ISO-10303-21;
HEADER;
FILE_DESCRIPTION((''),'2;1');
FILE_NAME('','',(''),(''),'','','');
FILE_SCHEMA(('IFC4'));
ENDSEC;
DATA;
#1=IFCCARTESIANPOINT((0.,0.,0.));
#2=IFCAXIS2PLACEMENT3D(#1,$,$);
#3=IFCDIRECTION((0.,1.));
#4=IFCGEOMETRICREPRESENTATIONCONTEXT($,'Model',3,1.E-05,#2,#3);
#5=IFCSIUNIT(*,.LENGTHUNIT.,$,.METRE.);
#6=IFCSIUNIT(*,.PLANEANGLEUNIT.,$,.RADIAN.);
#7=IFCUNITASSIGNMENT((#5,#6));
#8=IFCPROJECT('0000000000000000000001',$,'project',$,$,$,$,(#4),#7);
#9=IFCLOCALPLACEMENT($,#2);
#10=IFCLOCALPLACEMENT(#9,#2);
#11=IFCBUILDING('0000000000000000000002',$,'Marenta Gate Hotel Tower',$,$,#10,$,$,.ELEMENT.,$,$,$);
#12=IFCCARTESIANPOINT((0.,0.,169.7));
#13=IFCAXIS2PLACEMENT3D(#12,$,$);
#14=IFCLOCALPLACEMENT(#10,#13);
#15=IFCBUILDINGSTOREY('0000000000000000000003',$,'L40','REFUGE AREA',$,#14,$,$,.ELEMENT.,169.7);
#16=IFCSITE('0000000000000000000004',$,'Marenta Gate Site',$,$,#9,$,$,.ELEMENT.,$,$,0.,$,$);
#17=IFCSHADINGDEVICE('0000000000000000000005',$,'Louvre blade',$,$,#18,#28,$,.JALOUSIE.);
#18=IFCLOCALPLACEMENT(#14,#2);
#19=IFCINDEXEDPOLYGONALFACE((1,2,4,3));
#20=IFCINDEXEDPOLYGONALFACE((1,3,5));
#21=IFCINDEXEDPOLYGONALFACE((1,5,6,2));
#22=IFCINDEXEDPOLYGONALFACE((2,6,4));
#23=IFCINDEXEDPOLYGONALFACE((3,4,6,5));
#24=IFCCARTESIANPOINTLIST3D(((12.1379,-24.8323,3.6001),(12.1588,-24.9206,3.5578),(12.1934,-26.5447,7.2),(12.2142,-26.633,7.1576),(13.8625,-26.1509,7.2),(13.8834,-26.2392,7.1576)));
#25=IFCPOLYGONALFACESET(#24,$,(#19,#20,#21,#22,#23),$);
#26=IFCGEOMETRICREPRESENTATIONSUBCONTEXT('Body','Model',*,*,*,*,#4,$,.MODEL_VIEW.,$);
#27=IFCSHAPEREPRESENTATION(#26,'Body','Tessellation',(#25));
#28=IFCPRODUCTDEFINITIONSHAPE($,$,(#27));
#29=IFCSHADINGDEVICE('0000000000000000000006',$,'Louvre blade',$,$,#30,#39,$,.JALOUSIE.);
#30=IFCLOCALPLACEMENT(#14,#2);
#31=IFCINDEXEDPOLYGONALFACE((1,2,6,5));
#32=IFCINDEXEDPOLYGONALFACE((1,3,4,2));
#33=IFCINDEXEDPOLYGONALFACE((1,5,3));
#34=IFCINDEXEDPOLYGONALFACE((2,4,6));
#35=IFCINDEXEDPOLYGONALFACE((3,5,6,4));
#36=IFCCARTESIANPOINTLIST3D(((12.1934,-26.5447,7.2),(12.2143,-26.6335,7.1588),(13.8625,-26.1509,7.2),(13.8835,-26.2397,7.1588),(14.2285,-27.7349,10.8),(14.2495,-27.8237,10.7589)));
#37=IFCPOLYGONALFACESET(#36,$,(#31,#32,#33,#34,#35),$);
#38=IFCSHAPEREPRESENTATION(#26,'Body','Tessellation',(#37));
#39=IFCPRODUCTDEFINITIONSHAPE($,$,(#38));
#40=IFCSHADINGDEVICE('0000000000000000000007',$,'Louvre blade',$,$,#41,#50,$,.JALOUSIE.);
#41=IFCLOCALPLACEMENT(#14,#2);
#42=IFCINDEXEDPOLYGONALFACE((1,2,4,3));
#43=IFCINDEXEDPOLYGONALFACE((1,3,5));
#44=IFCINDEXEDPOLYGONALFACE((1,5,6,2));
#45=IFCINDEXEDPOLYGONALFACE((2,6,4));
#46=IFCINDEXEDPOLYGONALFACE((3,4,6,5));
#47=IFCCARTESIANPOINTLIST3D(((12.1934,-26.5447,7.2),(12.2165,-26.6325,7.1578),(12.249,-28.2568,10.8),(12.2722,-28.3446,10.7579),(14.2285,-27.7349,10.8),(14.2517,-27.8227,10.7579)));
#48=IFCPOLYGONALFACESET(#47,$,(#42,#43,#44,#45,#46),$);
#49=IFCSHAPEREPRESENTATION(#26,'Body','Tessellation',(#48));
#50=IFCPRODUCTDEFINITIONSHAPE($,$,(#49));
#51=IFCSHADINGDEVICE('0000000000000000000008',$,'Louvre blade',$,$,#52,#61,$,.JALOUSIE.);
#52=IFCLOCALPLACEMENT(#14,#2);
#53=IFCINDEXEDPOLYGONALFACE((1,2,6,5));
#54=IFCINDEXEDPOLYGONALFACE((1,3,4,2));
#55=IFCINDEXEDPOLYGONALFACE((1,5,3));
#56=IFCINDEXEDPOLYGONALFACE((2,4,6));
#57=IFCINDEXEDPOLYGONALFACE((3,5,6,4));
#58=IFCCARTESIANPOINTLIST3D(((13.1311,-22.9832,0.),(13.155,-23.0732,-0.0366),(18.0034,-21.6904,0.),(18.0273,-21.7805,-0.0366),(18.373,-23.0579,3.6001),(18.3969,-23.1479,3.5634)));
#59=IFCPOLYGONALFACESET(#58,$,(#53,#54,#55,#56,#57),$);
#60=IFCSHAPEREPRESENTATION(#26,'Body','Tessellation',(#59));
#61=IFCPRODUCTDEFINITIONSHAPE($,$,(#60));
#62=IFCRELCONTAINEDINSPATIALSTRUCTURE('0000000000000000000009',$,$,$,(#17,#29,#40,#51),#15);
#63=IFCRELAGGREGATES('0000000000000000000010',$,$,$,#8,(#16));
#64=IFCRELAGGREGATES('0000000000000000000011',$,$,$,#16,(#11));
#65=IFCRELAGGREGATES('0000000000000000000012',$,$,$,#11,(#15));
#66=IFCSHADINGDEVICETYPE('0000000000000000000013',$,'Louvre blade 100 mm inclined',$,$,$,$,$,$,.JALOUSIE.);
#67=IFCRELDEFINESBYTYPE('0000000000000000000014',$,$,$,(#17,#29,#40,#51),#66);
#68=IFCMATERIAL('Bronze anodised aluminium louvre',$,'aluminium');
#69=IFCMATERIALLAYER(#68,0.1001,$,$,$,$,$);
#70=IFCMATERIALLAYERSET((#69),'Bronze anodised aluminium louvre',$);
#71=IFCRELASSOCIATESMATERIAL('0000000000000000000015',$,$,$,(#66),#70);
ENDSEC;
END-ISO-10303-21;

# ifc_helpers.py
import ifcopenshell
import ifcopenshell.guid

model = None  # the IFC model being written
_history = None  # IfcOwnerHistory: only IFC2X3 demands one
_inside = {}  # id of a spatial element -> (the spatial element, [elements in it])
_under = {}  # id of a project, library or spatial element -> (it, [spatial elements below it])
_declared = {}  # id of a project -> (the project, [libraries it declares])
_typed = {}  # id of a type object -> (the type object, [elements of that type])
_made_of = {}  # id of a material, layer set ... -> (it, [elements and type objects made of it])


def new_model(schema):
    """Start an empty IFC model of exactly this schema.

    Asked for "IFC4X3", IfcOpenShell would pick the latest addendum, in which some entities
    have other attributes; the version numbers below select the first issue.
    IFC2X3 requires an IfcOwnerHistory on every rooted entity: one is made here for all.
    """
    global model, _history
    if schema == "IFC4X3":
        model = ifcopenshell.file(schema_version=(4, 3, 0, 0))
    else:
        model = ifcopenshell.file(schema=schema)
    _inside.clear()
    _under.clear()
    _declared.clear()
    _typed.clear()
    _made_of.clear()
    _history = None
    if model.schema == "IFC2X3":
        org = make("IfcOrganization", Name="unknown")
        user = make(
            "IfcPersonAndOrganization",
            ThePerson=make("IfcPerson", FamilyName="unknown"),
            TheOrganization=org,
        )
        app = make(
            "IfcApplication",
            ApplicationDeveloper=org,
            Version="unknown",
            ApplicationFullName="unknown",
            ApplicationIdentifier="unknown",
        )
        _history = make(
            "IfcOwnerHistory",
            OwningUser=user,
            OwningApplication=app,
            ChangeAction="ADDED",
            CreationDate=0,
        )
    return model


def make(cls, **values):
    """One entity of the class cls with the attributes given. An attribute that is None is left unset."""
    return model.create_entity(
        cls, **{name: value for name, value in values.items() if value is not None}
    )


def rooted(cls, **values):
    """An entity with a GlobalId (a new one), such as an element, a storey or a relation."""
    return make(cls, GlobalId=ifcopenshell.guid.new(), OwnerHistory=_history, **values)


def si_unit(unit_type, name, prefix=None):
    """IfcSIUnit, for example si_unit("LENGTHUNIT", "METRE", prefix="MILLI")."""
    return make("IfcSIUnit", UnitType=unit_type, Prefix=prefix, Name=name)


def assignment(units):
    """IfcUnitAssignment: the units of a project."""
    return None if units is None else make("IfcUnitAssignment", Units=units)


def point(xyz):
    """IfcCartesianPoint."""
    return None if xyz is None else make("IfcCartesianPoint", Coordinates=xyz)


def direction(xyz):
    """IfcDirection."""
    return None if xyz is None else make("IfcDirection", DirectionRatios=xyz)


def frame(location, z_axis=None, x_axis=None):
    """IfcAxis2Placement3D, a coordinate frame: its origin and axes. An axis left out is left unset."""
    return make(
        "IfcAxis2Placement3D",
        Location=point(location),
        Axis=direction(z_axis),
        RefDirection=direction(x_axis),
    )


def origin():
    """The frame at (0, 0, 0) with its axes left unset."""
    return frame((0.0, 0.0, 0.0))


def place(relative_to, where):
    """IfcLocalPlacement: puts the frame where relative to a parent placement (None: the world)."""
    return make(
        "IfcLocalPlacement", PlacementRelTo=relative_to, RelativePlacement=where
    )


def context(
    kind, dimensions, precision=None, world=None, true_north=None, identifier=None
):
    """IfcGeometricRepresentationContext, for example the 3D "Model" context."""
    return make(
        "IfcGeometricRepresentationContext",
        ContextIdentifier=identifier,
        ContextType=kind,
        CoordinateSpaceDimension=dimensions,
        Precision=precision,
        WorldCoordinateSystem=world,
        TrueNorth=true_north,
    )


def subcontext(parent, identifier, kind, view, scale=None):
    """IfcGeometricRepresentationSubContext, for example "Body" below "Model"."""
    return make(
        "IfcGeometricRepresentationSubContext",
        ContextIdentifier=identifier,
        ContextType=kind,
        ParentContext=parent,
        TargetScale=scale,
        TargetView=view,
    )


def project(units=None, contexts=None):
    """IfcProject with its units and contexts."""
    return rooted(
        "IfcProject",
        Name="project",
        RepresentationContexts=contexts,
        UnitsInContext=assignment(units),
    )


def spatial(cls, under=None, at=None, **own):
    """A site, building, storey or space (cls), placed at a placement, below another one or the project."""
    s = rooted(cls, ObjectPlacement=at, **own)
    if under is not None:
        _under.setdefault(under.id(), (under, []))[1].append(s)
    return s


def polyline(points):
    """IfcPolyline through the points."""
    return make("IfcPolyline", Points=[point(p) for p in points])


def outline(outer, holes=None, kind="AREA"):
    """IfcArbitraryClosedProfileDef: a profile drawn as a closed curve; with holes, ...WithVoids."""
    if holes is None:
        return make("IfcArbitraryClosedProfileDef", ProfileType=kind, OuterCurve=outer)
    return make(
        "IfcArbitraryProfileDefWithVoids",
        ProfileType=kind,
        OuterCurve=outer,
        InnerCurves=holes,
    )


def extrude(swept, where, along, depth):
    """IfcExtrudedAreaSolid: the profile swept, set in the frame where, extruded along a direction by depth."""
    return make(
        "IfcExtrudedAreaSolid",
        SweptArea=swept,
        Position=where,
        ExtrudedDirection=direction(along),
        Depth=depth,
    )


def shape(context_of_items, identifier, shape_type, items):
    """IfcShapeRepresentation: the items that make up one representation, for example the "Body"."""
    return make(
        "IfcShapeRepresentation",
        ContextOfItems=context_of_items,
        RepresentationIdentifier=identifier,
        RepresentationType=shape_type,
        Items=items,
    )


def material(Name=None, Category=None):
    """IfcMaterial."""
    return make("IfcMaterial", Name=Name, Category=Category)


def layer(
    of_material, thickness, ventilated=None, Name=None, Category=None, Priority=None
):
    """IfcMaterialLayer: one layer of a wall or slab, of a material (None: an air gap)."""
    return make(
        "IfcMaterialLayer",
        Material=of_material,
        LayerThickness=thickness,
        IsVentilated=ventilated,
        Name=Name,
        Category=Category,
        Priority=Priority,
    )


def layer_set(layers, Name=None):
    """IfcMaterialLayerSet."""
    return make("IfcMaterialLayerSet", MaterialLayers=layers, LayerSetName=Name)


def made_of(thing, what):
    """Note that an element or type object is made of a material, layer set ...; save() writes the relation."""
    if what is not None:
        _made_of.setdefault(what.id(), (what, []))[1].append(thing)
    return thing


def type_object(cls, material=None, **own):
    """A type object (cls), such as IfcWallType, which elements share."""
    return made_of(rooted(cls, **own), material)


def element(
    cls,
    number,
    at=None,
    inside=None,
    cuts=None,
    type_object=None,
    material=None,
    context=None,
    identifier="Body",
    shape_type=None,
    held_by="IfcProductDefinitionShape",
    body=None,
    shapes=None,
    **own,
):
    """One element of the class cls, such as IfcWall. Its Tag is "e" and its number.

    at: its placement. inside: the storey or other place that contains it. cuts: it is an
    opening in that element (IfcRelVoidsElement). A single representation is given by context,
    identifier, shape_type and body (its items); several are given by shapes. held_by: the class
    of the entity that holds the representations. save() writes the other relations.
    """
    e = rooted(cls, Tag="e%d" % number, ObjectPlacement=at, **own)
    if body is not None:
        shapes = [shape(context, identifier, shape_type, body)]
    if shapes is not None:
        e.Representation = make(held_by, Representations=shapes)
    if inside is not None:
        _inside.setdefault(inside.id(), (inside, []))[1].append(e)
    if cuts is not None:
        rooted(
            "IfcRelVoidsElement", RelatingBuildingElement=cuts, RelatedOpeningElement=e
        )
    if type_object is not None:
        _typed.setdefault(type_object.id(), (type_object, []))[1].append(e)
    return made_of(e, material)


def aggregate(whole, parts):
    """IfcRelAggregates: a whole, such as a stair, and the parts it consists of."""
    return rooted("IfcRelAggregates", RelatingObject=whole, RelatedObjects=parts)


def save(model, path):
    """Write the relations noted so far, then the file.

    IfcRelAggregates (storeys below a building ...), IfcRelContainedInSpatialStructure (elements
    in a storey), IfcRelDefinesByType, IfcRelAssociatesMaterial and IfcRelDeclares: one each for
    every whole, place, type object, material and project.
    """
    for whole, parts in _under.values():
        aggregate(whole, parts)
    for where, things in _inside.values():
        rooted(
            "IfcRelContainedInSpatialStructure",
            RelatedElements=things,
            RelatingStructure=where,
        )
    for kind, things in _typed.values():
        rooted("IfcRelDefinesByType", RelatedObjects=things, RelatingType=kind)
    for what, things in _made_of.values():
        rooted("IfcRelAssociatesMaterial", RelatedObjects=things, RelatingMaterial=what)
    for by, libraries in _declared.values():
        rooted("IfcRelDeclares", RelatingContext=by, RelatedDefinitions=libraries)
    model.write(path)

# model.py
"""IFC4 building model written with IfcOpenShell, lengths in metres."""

from ifc_helpers import new_model, si_unit, direction, frame, origin, place, context, subcontext, project, spatial, polyline, outline, extrude, material, layer, layer_set, type_object, element, save


model = new_model("IFC4")

# Units and contexts
model_context = context("Model", 3, precision=1e-05, world=origin(), true_north=direction((0.0, 1.0)))
body_context = subcontext(model_context, "Body", "Model", "MODEL_VIEW")
ifc_project = project(units=[si_unit("LENGTHUNIT", "METRE"), si_unit("PLANEANGLEUNIT", "RADIAN")], contexts=[model_context])

# Site, building, storey
site_placement = place(None, origin())
site = spatial("IfcSite", under=ifc_project, at=site_placement, Name="Marenta Gate Site", CompositionType="ELEMENT", RefElevation=0.0)
building_placement = place(site_placement, origin())
building = spatial("IfcBuilding", under=site, at=building_placement, Name="Marenta Gate Hotel Tower", CompositionType="ELEMENT")
storey_placement = place(building_placement, frame((0.0, 0.0, 169.7)))
storey = spatial("IfcBuildingStorey", under=building, at=storey_placement, Name="L40", Description="REFUGE AREA", CompositionType="ELEMENT", Elevation=169.7)

# Shading devices
ifc_material_1 = material(Name="Bronze anodised aluminium louvre", Category="aluminium")
ifc_layer = layer(ifc_material_1, 0.1001)
ifc_layer_set = layer_set([ifc_layer], Name="Bronze anodised aluminium louvre")
shading_device_type = type_object("IfcShadingDeviceType", Name="Louvre blade 100 mm inclined", PredefinedType="JALOUSIE", material=ifc_layer_set)
shading_device_1_placement = place(storey_placement, frame((12.1379, -24.8323, 3.6001), z_axis=(-0.208089, 0.882023, 0.42277), x_axis=(0.41025, -0.313669, 0.856333)))
element("IfcShadingDevice", 1, at=shading_device_1_placement, inside=storey, type_object=shading_device_type, Name="Louvre blade", PredefinedType="JALOUSIE", context=body_context, shape_type="SweptSolid", body=[
    extrude(outline(polyline([(0.0, 0.0), (4.2038, 0.0), (3.6425, -1.6206), (0.0, 0.0)])), origin(), (0.0, 0.0, -1.0), 0.1001),
])
shading_device_2_placement = place(storey_placement, frame((12.1934, -26.5447, 7.2), z_axis=(-0.209271, 0.887034, 0.411554), x_axis=(0.973281, 0.229619, 0.0)))
element("IfcShadingDevice", 2, at=shading_device_2_placement, inside=storey, type_object=shading_device_type, Name="Louvre blade", PredefinedType="JALOUSIE", context=body_context, shape_type="SweptSolid", body=[
    extrude(outline(polyline([(0.0, 0.0), (1.715, 0.0), (1.7075, -3.9501), (0.0, 0.0)])), origin(), (0.0, 0.0, -1.0), 0.1001),
])
shading_device_3_placement = place(storey_placement, frame((12.1934, -26.5447, 7.2), z_axis=(-0.231306, 0.87719, 0.420756), x_axis=(0.47292, -0.27657, 0.836574)))
element("IfcShadingDevice", 3, at=shading_device_3_placement, inside=storey, type_object=shading_device_type, Name="Louvre blade", PredefinedType="JALOUSIE", context=body_context, shape_type="SweptSolid", body=[
    extrude(outline(polyline([(0.0, 0.0), (4.3034, 0.0), (3.5116, -1.8878), (0.0, 0.0)])), origin(), (0.0, 0.0, -1.0), 0.1001),
])
shading_device_4_placement = place(storey_placement, frame((13.1311, -22.9832, 0.0), z_axis=(-0.23864, 0.899441, 0.366138), x_axis=(0.966558, 0.256448, 0.0)))
element("IfcShadingDevice", 4, at=shading_device_4_placement, inside=storey, type_object=shading_device_type, Name="Louvre blade", PredefinedType="JALOUSIE", context=body_context, shape_type="SweptSolid", body=[
    extrude(outline(polyline([(0.0, 0.0), (5.0409, 0.0), (5.0475, -3.8687), (0.0, 0.0)])), origin(), (0.0, 0.0, -1.0), 0.1001),
])

save(model, "model.ifc")
